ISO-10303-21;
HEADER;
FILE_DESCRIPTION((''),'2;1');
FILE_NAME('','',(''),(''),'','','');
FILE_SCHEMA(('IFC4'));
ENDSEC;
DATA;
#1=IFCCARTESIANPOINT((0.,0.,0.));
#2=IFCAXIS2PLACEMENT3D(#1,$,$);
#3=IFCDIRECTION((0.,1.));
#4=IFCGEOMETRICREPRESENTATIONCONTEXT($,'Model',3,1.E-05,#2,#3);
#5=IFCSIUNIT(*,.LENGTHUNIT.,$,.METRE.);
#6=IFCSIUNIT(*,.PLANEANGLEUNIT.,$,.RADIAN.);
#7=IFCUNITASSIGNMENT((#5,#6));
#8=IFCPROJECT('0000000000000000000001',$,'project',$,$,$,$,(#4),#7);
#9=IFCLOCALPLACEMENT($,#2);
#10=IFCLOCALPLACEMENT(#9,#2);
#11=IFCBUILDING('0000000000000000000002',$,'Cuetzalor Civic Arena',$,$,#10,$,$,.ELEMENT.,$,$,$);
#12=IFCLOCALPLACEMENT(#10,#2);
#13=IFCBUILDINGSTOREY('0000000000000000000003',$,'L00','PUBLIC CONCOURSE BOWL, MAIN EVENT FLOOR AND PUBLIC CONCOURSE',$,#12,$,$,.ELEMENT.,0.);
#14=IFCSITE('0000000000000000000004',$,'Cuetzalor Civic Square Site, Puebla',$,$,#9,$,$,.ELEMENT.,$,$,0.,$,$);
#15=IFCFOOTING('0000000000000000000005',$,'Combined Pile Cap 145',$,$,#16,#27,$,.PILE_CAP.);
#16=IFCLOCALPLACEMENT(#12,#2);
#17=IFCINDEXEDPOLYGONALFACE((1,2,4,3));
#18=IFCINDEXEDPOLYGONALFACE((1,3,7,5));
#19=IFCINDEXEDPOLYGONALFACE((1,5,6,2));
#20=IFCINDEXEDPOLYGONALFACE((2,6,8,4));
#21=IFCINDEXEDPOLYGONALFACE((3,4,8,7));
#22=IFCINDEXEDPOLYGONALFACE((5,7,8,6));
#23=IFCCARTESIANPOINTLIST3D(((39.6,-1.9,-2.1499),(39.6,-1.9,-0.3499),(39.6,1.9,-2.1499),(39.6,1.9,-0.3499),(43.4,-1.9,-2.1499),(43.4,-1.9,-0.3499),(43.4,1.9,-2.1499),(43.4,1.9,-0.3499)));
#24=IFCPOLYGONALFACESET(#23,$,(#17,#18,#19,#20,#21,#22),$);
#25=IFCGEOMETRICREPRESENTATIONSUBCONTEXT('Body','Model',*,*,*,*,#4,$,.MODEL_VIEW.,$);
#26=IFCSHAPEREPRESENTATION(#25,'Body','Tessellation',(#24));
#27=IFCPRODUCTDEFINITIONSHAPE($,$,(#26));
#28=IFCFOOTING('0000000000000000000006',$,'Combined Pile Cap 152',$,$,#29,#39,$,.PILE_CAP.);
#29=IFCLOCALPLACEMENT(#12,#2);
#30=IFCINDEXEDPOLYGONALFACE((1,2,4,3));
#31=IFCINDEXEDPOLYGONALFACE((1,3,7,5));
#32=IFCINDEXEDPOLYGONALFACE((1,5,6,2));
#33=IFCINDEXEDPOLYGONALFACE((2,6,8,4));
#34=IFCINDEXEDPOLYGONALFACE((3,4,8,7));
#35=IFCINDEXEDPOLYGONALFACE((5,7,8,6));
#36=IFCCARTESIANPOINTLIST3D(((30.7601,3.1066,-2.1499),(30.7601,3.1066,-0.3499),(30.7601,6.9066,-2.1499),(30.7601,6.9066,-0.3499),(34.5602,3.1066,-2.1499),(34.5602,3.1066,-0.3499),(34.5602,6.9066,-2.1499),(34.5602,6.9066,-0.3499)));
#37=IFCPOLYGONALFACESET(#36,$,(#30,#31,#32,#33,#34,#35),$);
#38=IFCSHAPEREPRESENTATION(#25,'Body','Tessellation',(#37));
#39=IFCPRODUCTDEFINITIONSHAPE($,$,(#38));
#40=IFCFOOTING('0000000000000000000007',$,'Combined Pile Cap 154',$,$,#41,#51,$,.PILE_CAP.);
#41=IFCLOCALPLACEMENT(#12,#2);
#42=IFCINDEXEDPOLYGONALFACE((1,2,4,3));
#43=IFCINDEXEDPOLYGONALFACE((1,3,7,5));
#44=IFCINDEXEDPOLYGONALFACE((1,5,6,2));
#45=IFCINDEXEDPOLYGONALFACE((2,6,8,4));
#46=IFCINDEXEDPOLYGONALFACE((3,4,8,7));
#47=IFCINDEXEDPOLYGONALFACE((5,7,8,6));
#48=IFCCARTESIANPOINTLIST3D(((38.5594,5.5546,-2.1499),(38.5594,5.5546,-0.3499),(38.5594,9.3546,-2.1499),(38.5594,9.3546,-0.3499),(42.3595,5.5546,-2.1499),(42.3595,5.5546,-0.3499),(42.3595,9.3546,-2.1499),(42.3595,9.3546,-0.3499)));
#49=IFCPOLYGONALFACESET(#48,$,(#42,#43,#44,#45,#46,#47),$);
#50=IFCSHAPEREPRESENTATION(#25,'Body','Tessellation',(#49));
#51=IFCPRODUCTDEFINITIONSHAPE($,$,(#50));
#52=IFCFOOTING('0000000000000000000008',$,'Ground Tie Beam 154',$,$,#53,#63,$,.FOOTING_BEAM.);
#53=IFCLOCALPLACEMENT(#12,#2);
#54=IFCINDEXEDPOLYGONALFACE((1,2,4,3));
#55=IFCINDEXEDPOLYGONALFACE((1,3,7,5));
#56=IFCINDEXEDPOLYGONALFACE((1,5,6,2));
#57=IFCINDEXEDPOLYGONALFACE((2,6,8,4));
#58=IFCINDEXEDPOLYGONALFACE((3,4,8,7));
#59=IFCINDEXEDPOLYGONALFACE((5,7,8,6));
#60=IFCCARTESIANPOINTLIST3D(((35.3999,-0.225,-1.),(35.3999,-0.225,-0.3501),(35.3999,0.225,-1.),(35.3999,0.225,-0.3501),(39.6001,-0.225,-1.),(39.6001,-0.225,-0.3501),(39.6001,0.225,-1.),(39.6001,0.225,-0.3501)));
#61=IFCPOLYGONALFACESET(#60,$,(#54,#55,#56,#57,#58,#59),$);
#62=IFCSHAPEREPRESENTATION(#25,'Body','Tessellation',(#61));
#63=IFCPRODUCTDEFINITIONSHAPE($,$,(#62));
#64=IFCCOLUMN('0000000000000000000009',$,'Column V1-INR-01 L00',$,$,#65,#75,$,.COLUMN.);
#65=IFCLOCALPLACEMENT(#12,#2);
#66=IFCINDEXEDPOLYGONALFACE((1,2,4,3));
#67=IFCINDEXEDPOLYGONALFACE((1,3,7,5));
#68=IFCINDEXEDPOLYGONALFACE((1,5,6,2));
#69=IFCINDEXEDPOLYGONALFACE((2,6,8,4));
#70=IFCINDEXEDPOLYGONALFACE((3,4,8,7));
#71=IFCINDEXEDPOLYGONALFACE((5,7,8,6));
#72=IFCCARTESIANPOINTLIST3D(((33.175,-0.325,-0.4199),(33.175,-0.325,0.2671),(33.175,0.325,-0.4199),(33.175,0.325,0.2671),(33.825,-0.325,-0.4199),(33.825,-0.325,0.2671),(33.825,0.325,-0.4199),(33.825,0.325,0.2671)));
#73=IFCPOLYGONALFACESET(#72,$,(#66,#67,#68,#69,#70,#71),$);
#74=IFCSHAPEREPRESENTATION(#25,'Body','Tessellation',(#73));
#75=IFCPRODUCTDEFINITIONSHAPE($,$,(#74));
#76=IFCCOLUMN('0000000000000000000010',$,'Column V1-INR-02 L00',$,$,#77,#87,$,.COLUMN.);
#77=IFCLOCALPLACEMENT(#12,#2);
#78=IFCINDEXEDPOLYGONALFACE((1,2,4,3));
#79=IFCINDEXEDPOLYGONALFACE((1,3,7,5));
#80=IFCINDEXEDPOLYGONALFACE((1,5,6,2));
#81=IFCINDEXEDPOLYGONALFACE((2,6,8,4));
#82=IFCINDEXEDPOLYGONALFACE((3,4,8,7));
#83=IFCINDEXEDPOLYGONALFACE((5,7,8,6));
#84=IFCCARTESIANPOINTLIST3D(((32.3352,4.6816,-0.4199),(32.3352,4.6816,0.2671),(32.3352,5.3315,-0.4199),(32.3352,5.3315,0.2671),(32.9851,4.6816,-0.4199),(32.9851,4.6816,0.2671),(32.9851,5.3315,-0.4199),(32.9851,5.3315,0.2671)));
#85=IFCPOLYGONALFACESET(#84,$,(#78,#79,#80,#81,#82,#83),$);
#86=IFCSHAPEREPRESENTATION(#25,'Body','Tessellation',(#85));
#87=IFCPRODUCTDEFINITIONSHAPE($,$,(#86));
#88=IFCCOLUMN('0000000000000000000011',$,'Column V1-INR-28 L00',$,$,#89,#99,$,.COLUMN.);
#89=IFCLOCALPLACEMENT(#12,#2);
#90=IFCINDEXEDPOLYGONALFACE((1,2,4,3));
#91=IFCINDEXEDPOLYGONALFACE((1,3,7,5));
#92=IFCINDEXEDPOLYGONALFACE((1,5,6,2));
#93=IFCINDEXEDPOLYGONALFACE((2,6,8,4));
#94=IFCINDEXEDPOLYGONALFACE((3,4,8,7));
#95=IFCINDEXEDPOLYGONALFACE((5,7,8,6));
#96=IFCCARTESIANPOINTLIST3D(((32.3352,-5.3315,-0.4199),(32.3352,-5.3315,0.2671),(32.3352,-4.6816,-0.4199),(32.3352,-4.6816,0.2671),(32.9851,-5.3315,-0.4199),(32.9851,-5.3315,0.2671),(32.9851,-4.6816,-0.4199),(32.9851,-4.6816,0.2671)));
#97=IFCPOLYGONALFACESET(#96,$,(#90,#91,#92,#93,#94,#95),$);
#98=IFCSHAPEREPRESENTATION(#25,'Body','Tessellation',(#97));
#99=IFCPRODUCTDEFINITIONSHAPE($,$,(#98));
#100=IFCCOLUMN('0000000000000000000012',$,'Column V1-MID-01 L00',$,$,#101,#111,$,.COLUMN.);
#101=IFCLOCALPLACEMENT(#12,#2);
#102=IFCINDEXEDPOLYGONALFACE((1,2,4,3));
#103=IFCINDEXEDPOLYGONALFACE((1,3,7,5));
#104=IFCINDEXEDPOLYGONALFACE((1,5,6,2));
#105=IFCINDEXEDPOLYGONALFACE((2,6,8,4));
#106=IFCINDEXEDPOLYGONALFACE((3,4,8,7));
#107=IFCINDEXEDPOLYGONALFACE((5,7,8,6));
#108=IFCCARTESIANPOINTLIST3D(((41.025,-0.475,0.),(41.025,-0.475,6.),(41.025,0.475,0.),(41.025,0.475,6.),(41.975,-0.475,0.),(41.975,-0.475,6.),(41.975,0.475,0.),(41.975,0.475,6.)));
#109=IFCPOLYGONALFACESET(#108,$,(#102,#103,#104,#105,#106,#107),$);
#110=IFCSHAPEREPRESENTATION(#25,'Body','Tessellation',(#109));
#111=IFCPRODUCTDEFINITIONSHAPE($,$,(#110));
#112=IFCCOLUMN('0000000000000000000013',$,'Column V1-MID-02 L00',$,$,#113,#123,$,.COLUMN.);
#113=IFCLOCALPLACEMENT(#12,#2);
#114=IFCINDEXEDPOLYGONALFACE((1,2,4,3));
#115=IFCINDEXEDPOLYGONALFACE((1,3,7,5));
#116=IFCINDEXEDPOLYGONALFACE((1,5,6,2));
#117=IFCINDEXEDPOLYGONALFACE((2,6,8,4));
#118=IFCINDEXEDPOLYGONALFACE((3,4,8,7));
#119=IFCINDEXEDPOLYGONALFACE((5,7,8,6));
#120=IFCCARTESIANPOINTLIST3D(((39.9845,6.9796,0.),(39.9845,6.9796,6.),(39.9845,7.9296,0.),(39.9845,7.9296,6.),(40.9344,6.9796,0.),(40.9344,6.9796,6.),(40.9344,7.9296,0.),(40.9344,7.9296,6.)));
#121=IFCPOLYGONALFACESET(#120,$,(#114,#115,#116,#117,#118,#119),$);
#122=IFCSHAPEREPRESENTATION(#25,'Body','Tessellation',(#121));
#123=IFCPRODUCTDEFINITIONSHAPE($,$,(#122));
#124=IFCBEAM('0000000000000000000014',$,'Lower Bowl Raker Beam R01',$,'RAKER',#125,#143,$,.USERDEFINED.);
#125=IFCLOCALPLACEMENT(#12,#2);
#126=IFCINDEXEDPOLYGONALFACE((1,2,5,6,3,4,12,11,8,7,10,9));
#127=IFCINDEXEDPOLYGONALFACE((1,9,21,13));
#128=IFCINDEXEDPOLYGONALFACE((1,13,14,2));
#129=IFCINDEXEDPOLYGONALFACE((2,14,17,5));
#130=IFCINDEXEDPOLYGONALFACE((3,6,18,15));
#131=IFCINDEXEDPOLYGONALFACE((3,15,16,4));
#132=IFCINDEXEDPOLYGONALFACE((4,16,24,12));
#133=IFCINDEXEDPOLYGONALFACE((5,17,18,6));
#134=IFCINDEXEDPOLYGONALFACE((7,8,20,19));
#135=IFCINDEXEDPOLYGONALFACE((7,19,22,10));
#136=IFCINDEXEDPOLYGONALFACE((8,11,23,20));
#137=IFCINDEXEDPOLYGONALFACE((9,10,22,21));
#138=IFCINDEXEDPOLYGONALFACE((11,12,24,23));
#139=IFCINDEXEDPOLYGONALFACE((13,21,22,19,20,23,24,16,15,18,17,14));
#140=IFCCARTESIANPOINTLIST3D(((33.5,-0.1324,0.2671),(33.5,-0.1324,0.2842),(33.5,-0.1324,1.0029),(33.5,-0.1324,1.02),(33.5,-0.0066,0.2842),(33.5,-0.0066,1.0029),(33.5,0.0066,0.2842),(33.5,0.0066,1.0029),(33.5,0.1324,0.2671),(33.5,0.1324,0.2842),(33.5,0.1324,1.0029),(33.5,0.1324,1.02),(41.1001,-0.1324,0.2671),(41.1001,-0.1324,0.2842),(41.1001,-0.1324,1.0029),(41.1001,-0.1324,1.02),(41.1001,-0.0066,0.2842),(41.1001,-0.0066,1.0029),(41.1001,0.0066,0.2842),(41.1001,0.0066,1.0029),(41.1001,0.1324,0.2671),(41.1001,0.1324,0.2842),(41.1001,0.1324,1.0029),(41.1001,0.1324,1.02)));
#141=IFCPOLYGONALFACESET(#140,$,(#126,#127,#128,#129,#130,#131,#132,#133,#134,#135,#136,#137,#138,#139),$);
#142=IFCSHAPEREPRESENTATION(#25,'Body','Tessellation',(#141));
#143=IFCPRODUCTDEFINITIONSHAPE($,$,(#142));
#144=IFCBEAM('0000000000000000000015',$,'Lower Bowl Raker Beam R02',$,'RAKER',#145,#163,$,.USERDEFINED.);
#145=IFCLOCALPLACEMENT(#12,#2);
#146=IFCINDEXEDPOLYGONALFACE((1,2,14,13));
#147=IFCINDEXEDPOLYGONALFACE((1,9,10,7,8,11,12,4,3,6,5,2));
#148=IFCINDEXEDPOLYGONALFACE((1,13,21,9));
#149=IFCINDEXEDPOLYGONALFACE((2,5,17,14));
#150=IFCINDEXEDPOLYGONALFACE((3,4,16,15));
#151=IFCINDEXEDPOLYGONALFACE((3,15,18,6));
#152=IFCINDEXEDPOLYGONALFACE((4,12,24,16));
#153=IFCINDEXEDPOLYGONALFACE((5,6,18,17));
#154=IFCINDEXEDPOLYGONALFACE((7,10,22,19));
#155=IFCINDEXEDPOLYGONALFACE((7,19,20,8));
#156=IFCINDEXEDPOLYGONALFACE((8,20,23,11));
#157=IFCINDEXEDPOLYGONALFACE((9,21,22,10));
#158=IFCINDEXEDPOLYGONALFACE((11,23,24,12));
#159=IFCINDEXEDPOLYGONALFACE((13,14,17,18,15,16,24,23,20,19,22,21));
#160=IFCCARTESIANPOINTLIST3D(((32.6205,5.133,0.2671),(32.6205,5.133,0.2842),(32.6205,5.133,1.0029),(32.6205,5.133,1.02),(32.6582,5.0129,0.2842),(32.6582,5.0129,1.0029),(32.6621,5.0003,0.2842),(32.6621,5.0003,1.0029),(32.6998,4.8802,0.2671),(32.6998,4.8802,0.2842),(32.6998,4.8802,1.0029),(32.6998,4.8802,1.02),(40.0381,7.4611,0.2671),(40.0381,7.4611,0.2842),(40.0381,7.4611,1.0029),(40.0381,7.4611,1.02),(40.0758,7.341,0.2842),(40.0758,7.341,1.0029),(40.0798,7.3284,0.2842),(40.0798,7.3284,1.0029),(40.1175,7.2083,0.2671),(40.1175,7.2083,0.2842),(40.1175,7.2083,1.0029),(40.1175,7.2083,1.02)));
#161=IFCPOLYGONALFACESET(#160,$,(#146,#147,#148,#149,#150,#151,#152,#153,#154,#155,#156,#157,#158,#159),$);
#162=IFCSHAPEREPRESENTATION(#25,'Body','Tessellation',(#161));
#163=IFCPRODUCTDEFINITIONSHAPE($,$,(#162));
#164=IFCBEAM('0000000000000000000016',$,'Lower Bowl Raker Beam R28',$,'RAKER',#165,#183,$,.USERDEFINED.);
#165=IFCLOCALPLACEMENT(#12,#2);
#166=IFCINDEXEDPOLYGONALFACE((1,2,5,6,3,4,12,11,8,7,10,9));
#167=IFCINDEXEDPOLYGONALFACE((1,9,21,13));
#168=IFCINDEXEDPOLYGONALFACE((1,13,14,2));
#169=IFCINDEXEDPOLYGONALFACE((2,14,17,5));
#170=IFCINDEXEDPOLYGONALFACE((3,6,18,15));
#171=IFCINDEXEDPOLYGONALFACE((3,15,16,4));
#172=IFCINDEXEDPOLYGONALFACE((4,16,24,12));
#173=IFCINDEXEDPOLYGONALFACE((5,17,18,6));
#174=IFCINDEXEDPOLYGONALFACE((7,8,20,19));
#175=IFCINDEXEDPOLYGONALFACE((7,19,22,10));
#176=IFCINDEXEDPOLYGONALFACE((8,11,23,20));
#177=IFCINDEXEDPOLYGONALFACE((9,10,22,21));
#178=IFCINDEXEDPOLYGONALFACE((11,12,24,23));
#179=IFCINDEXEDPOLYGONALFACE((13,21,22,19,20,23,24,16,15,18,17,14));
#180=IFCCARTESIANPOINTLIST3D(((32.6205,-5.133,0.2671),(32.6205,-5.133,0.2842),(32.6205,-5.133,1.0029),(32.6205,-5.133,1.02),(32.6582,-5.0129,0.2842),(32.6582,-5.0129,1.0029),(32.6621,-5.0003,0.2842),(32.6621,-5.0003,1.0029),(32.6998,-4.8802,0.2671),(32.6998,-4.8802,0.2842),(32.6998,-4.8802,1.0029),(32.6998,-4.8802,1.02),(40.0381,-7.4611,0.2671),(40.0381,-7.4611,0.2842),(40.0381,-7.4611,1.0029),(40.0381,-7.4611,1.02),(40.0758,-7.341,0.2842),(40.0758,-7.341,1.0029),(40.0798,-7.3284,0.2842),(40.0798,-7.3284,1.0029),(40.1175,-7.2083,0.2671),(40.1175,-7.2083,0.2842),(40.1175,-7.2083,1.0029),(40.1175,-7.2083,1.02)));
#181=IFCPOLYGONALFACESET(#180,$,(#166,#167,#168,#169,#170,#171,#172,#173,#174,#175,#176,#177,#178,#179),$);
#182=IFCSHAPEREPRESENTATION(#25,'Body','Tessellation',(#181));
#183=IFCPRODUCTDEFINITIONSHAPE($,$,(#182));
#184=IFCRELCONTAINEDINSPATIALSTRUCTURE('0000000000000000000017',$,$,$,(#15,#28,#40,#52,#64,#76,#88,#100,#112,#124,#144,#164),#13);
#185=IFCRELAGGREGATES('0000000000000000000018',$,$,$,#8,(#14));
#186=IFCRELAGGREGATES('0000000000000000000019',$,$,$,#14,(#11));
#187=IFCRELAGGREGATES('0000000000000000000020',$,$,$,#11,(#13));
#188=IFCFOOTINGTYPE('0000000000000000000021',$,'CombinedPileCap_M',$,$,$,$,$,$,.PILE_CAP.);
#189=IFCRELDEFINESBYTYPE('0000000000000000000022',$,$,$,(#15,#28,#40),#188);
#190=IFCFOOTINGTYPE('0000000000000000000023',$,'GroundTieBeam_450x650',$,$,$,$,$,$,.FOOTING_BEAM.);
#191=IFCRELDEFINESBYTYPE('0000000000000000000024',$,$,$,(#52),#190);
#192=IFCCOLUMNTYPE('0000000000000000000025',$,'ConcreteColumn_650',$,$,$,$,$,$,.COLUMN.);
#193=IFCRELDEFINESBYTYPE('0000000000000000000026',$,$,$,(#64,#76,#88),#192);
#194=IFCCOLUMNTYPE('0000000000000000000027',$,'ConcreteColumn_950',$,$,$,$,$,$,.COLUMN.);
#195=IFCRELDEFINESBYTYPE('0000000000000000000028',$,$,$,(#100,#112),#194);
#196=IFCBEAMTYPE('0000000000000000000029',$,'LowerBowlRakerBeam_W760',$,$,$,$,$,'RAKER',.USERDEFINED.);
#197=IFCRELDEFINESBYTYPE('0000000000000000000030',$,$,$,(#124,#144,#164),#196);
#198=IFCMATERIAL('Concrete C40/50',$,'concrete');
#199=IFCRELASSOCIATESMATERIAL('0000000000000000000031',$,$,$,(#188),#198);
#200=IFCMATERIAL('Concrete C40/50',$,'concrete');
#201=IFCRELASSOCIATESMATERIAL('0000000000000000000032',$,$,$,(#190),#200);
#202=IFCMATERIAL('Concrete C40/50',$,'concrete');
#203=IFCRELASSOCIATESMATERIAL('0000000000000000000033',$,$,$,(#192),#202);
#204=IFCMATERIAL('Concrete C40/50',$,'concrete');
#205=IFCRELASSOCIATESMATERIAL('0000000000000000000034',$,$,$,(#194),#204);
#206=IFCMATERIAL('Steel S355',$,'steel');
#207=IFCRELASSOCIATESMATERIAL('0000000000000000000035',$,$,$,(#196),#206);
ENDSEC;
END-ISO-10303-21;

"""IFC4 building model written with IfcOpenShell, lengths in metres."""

from ifc_helpers import new_model, si_unit, direction, frame, origin, origin_2d, place, context, subcontext, project, spatial, rectangle, i_section, extrude, material, material_profile, profile_set, type_object, element, save


model = new_model("IFC4")

# Units and contexts
model_context = context("Model", 3, precision=1e-05, world=origin(), true_north=direction((0.0, 1.0)))
body_context = subcontext(model_context, "Body", "Model", "MODEL_VIEW")
ifc_project = project(units=[si_unit("LENGTHUNIT", "METRE"), si_unit("PLANEANGLEUNIT", "RADIAN")], contexts=[model_context])

# Site, building, storey
site_placement = place(None, origin())
site = spatial("IfcSite", under=ifc_project, at=site_placement, Name="Cuetzalor Civic Square Site, Puebla", CompositionType="ELEMENT", RefElevation=0.0)
building_placement = place(site_placement, origin())
building = spatial("IfcBuilding", under=site, at=building_placement, Name="Cuetzalor Civic Arena", CompositionType="ELEMENT")
storey_placement = place(building_placement, origin())
storey = spatial("IfcBuildingStorey", under=building, at=storey_placement, Name="L00", Description="PUBLIC CONCOURSE BOWL, MAIN EVENT FLOOR AND PUBLIC CONCOURSE", CompositionType="ELEMENT", Elevation=0.0)

# Footings
ifc_material_1 = material(Name="Concrete C40/50", Category="concrete")
footing_type_1 = type_object("IfcFootingType", Name="CombinedPileCap_M", PredefinedType="PILE_CAP", material=ifc_material_1)
for number, where, z_axis, x_axis, name in (
    (1, (41.5, 0.0, -2.1499), (0.0, 0.0, 1.0), (1.0, 0.0, 0.0), "Combined Pile Cap 145"),
    (2, (32.6602, 5.0066, -2.1499), (0.0, 0.0, 1.0), (1.0, 0.0, 0.0), "Combined Pile Cap 152"),
    (3, (40.4595, 7.4546, -2.1499), (0.0, 0.0, 1.0), (1.0, 0.0, 0.0), "Combined Pile Cap 154"),
):
    element("IfcFooting", number, at=place(storey_placement, frame(where, z_axis=z_axis, x_axis=x_axis)), inside=storey, type_object=footing_type_1, Name=name, PredefinedType="PILE_CAP", context=body_context, shape_type="SweptSolid", body=[
        extrude(rectangle(XDim=3.8, YDim=3.8, at=origin_2d()), origin(), (0.0, 0.0, 1.0), 1.8),
    ])
ifc_material_2 = material(Name="Concrete C40/50", Category="concrete")
ifc_material_profile_1 = material_profile(ifc_material_2, rectangle(XDim=0.45, YDim=0.6499, at=origin_2d()), Name="RC 450x650")
ifc_profile_set_1 = profile_set([ifc_material_profile_1], Name="Concrete C40/50")
footing_type_2 = type_object("IfcFootingType", Name="GroundTieBeam_450x650", PredefinedType="FOOTING_BEAM", material=ifc_profile_set_1)
footing_placement = place(storey_placement, frame((35.3999, 0.0, -0.675), z_axis=(1.0, 0.0, 0.0), x_axis=(0.0, 1.0, 0.0)))
element("IfcFooting", 4, at=footing_placement, inside=storey, type_object=footing_type_2, Name="Ground Tie Beam 154", PredefinedType="FOOTING_BEAM", context=body_context, shape_type="SweptSolid", body=[
    extrude(rectangle(XDim=0.45, YDim=0.6499, at=origin_2d()), origin(), (0.0, 0.0, 1.0), 4.2002),
])

# Columns
ifc_material_3 = material(Name="Concrete C40/50", Category="concrete")
ifc_material_profile_2 = material_profile(ifc_material_3, rectangle(XDim=0.6499, YDim=0.6499, at=origin_2d()), Name="RC 650x650")
ifc_profile_set_2 = profile_set([ifc_material_profile_2], Name="Concrete C40/50")
column_type_1 = type_object("IfcColumnType", Name="ConcreteColumn_650", PredefinedType="COLUMN", material=ifc_profile_set_2)
for number, where, z_axis, x_axis, name in (
    (5, (33.5, 0.0, -0.4199), (0.0, 0.0, 1.0), (1.0, 0.0, 0.0), "Column V1-INR-01 L00"),
    (6, (32.6602, 5.0066, -0.4199), (0.0, 0.0, 1.0), (1.0, 0.0, 0.0), "Column V1-INR-02 L00"),
    (7, (32.6602, -5.0066, -0.4199), (0.0, 0.0, 1.0), (1.0, 0.0, 0.0), "Column V1-INR-28 L00"),
):
    element("IfcColumn", number, at=place(storey_placement, frame(where, z_axis=z_axis, x_axis=x_axis)), inside=storey, type_object=column_type_1, Name=name, PredefinedType="COLUMN", context=body_context, shape_type="SweptSolid", body=[
        extrude(rectangle(XDim=0.6499, YDim=0.6499, at=origin_2d()), origin(), (0.0, 0.0, 1.0), 0.687),
    ])
ifc_material_4 = material(Name="Concrete C40/50", Category="concrete")
ifc_material_profile_3 = material_profile(ifc_material_4, rectangle(XDim=0.95, YDim=0.95, at=origin_2d()), Name="RC 950x950")
ifc_profile_set_3 = profile_set([ifc_material_profile_3], Name="Concrete C40/50")
column_type_2 = type_object("IfcColumnType", Name="ConcreteColumn_950", PredefinedType="COLUMN", material=ifc_profile_set_3)
for number, where, z_axis, x_axis, name in (
    (8, (41.5, 0.0, 0.0), (0.0, 0.0, 1.0), (1.0, 0.0, 0.0), "Column V1-MID-01 L00"),
    (9, (40.4595, 7.4546, 0.0), (0.0, 0.0, 1.0), (1.0, 0.0, 0.0), "Column V1-MID-02 L00"),
):
    element("IfcColumn", number, at=place(storey_placement, frame(where, z_axis=z_axis, x_axis=x_axis)), inside=storey, type_object=column_type_2, Name=name, PredefinedType="COLUMN", context=body_context, shape_type="SweptSolid", body=[
        extrude(rectangle(XDim=0.95, YDim=0.95, at=origin_2d()), origin(), (0.0, 0.0, 1.0), 6.0),
    ])

# Beams
ifc_material_5 = material(Name="Steel S355", Category="steel")
ifc_material_profile_4 = material_profile(ifc_material_5, i_section(OverallWidth=0.2649, OverallDepth=0.7529, WebThickness=0.0132, FlangeThickness=0.0171, at=origin_2d()), Name="W760x147")
ifc_profile_set_4 = profile_set([ifc_material_profile_4], Name="Steel S355")
beam_type_1 = type_object("IfcBeamType", Name="LowerBowlRakerBeam_W760", ElementType="RAKER", PredefinedType="USERDEFINED", material=ifc_profile_set_4)
beam_1_placement = place(storey_placement, frame((33.5, 0.0, 0.6436), z_axis=(1.0, 0.0, 0.0), x_axis=(0.0, 1.0, 0.0)))
element("IfcBeam", 10, at=beam_1_placement, inside=storey, type_object=beam_type_1, Name="Lower Bowl Raker Beam R01", ObjectType="RAKER", PredefinedType="USERDEFINED", context=body_context, shape_type="SweptSolid", body=[
    extrude(i_section(OverallWidth=0.2649, OverallDepth=0.7529, WebThickness=0.0132, FlangeThickness=0.0171, at=origin_2d()), origin(), (0.0, 0.0, 1.0), 7.6001),
])
for number, where, z_axis, x_axis, name in (
    (11, (32.6602, 5.0066, 0.6436), (0.95411, 0.299457, 0.0), (-0.299457, 0.95411, 0.0), "Lower Bowl Raker Beam R02"),
    (12, (32.6602, -5.0066, 0.6436), (0.95411, -0.299457, 0.0), (0.299457, 0.95411, 0.0), "Lower Bowl Raker Beam R28"),
):
    element("IfcBeam", number, at=place(storey_placement, frame(where, z_axis=z_axis, x_axis=x_axis)), inside=storey, type_object=beam_type_1, Name=name, ObjectType="RAKER", PredefinedType="USERDEFINED", context=body_context, shape_type="SweptSolid", body=[
        extrude(i_section(OverallWidth=0.2649, OverallDepth=0.7529, WebThickness=0.0132, FlangeThickness=0.0171, at=origin_2d()), origin(), (0.0, 0.0, 1.0), 7.7744),
    ])

save(model, "model.ifc")
